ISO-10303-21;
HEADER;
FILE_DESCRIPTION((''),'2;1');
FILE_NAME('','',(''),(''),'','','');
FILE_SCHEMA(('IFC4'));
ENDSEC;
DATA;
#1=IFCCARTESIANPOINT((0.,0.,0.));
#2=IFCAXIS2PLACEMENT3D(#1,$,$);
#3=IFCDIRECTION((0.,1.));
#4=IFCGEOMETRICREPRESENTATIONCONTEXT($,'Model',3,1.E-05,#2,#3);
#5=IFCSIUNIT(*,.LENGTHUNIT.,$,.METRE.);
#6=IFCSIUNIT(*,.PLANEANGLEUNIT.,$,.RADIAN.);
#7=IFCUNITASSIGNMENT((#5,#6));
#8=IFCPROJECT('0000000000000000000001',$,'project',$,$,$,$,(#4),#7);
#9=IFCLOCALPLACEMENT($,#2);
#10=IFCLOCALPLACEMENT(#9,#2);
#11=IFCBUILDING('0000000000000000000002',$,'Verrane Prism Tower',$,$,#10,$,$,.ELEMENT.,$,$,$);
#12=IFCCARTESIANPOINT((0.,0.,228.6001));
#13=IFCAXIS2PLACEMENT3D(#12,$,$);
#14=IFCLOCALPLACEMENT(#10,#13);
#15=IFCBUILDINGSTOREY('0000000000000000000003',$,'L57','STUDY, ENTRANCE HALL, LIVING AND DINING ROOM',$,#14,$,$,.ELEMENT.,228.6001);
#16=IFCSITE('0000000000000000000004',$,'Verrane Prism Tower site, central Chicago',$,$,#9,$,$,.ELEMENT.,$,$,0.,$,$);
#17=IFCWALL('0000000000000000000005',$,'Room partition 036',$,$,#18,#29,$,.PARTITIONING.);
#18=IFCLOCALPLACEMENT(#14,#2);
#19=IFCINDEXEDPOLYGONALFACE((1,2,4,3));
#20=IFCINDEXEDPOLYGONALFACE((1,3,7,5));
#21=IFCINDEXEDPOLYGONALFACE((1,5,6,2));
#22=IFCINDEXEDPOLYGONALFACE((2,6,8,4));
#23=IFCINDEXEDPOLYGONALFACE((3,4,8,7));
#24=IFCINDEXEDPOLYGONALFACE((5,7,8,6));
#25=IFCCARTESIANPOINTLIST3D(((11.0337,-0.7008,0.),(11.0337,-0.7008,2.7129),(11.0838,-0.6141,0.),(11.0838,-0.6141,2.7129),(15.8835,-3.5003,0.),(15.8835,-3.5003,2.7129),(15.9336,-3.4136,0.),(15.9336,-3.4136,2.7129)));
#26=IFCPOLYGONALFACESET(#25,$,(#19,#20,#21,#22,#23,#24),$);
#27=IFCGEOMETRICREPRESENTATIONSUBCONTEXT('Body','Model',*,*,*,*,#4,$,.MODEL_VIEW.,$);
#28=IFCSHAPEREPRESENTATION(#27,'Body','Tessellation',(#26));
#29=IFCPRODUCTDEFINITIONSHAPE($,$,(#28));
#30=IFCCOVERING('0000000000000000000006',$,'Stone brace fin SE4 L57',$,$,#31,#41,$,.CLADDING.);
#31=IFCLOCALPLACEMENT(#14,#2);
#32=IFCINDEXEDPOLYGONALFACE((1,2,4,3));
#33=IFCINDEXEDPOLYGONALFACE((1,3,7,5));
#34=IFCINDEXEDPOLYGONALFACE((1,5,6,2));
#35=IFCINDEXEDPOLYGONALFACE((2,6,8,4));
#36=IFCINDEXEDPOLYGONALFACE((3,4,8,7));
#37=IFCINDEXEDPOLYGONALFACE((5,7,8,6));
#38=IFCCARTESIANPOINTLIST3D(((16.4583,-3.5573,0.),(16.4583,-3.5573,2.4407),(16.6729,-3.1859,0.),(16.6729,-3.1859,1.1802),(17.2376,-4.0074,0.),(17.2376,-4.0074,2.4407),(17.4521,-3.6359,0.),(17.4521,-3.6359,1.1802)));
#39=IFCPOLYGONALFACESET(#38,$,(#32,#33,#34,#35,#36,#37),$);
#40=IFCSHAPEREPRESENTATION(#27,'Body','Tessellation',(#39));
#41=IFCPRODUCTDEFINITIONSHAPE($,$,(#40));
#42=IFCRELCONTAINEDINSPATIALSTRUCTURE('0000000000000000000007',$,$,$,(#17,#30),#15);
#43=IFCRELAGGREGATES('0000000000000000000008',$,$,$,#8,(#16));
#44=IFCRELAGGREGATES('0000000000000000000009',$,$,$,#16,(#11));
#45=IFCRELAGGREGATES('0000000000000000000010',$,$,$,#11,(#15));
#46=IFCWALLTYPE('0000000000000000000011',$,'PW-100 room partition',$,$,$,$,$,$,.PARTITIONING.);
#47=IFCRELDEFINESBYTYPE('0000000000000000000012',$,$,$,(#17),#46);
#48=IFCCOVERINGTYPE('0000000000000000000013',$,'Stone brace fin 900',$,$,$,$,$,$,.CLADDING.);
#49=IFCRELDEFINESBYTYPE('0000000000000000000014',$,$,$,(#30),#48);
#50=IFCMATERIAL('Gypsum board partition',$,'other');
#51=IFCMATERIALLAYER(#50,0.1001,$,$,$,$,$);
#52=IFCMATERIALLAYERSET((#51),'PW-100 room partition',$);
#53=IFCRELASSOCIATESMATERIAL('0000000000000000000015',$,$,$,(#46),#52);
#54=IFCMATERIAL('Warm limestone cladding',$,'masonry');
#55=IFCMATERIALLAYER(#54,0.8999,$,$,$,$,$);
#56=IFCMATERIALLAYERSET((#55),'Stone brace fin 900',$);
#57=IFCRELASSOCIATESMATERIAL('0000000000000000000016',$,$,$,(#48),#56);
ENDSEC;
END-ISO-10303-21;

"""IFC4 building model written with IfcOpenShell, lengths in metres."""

from ifc_helpers import new_model, si_unit, direction, frame, frame_2d, origin, place, context, subcontext, project, spatial, polyline, rectangle, outline, extrude, material, layer, layer_set, type_object, element, save


model = new_model("IFC4")

# Units and contexts
model_context = context("Model", 3, precision=1e-05, world=origin(), true_north=direction((0.0, 1.0)))
body_context = subcontext(model_context, "Body", "Model", "MODEL_VIEW")
ifc_project = project(units=[si_unit("LENGTHUNIT", "METRE"), si_unit("PLANEANGLEUNIT", "RADIAN")], contexts=[model_context])

# Site, building, storey
site_placement = place(None, origin())
site = spatial("IfcSite", under=ifc_project, at=site_placement, Name="Verrane Prism Tower site, central Chicago", CompositionType="ELEMENT", RefElevation=0.0)
building_placement = place(site_placement, origin())
building = spatial("IfcBuilding", under=site, at=building_placement, Name="Verrane Prism Tower", CompositionType="ELEMENT")
storey_placement = place(building_placement, frame((0.0, 0.0, 228.6001)))
storey = spatial("IfcBuildingStorey", under=building, at=storey_placement, Name="L57", Description="STUDY, ENTRANCE HALL, LIVING AND DINING ROOM", CompositionType="ELEMENT", Elevation=228.6001)

# Wall
ifc_material_1 = material(Name="Gypsum board partition", Category="other")
ifc_layer_1 = layer(ifc_material_1, 0.1001)
ifc_layer_set_1 = layer_set([ifc_layer_1], Name="PW-100 room partition")
wall_type_1 = type_object("IfcWallType", Name="PW-100 room partition", PredefinedType="PARTITIONING", material=ifc_layer_set_1)
wall_1_placement = place(storey_placement, frame((11.0588, -0.6575, 0.0), z_axis=(0.0, 0.0, 1.0), x_axis=(0.866064, -0.499933, 0.0)))
element("IfcWall", 1, at=wall_1_placement, inside=storey, type_object=wall_type_1, Name="Room partition 036", PredefinedType="PARTITIONING", context=body_context, shape_type="SweptSolid", body=[
    extrude(rectangle(XDim=5.5999, YDim=0.1001, at=frame_2d((2.7998, 0.0))), origin(), (0.0, 0.0, 1.0), 2.7129),
])

# Covering
ifc_material_2 = material(Name="Warm limestone cladding", Category="masonry")
ifc_layer_2 = layer(ifc_material_2, 0.8999)
ifc_layer_set_2 = layer_set([ifc_layer_2], Name="Stone brace fin 900")
covering_type = type_object("IfcCoveringType", Name="Stone brace fin 900", PredefinedType="CLADDING", material=ifc_layer_set_2)
covering_placement = place(storey_placement, frame((17.0625, -3.4109, 0.0), z_axis=(0.0, 0.0, 1.0), x_axis=(-0.500116, -0.865958, 0.0)))
element("IfcCovering", 2, at=covering_placement, inside=storey, type_object=covering_type, Name="Stone brace fin SE4 L57", PredefinedType="CLADDING", context=body_context, shape_type="SweptSolid", body=[
    extrude(outline(polyline([(0.0, 0.0), (0.429, 0.0), (0.429, 2.4407), (0.0, 1.1802), (0.0, 0.0)])), frame((0.0, 0.45, 0.0), z_axis=(0.0, -1.0, 0.0), x_axis=(1.0, 0.0, 0.0)), (0.0, 0.0, 1.0), 0.8999),
])

save(model, "model.ifc")
